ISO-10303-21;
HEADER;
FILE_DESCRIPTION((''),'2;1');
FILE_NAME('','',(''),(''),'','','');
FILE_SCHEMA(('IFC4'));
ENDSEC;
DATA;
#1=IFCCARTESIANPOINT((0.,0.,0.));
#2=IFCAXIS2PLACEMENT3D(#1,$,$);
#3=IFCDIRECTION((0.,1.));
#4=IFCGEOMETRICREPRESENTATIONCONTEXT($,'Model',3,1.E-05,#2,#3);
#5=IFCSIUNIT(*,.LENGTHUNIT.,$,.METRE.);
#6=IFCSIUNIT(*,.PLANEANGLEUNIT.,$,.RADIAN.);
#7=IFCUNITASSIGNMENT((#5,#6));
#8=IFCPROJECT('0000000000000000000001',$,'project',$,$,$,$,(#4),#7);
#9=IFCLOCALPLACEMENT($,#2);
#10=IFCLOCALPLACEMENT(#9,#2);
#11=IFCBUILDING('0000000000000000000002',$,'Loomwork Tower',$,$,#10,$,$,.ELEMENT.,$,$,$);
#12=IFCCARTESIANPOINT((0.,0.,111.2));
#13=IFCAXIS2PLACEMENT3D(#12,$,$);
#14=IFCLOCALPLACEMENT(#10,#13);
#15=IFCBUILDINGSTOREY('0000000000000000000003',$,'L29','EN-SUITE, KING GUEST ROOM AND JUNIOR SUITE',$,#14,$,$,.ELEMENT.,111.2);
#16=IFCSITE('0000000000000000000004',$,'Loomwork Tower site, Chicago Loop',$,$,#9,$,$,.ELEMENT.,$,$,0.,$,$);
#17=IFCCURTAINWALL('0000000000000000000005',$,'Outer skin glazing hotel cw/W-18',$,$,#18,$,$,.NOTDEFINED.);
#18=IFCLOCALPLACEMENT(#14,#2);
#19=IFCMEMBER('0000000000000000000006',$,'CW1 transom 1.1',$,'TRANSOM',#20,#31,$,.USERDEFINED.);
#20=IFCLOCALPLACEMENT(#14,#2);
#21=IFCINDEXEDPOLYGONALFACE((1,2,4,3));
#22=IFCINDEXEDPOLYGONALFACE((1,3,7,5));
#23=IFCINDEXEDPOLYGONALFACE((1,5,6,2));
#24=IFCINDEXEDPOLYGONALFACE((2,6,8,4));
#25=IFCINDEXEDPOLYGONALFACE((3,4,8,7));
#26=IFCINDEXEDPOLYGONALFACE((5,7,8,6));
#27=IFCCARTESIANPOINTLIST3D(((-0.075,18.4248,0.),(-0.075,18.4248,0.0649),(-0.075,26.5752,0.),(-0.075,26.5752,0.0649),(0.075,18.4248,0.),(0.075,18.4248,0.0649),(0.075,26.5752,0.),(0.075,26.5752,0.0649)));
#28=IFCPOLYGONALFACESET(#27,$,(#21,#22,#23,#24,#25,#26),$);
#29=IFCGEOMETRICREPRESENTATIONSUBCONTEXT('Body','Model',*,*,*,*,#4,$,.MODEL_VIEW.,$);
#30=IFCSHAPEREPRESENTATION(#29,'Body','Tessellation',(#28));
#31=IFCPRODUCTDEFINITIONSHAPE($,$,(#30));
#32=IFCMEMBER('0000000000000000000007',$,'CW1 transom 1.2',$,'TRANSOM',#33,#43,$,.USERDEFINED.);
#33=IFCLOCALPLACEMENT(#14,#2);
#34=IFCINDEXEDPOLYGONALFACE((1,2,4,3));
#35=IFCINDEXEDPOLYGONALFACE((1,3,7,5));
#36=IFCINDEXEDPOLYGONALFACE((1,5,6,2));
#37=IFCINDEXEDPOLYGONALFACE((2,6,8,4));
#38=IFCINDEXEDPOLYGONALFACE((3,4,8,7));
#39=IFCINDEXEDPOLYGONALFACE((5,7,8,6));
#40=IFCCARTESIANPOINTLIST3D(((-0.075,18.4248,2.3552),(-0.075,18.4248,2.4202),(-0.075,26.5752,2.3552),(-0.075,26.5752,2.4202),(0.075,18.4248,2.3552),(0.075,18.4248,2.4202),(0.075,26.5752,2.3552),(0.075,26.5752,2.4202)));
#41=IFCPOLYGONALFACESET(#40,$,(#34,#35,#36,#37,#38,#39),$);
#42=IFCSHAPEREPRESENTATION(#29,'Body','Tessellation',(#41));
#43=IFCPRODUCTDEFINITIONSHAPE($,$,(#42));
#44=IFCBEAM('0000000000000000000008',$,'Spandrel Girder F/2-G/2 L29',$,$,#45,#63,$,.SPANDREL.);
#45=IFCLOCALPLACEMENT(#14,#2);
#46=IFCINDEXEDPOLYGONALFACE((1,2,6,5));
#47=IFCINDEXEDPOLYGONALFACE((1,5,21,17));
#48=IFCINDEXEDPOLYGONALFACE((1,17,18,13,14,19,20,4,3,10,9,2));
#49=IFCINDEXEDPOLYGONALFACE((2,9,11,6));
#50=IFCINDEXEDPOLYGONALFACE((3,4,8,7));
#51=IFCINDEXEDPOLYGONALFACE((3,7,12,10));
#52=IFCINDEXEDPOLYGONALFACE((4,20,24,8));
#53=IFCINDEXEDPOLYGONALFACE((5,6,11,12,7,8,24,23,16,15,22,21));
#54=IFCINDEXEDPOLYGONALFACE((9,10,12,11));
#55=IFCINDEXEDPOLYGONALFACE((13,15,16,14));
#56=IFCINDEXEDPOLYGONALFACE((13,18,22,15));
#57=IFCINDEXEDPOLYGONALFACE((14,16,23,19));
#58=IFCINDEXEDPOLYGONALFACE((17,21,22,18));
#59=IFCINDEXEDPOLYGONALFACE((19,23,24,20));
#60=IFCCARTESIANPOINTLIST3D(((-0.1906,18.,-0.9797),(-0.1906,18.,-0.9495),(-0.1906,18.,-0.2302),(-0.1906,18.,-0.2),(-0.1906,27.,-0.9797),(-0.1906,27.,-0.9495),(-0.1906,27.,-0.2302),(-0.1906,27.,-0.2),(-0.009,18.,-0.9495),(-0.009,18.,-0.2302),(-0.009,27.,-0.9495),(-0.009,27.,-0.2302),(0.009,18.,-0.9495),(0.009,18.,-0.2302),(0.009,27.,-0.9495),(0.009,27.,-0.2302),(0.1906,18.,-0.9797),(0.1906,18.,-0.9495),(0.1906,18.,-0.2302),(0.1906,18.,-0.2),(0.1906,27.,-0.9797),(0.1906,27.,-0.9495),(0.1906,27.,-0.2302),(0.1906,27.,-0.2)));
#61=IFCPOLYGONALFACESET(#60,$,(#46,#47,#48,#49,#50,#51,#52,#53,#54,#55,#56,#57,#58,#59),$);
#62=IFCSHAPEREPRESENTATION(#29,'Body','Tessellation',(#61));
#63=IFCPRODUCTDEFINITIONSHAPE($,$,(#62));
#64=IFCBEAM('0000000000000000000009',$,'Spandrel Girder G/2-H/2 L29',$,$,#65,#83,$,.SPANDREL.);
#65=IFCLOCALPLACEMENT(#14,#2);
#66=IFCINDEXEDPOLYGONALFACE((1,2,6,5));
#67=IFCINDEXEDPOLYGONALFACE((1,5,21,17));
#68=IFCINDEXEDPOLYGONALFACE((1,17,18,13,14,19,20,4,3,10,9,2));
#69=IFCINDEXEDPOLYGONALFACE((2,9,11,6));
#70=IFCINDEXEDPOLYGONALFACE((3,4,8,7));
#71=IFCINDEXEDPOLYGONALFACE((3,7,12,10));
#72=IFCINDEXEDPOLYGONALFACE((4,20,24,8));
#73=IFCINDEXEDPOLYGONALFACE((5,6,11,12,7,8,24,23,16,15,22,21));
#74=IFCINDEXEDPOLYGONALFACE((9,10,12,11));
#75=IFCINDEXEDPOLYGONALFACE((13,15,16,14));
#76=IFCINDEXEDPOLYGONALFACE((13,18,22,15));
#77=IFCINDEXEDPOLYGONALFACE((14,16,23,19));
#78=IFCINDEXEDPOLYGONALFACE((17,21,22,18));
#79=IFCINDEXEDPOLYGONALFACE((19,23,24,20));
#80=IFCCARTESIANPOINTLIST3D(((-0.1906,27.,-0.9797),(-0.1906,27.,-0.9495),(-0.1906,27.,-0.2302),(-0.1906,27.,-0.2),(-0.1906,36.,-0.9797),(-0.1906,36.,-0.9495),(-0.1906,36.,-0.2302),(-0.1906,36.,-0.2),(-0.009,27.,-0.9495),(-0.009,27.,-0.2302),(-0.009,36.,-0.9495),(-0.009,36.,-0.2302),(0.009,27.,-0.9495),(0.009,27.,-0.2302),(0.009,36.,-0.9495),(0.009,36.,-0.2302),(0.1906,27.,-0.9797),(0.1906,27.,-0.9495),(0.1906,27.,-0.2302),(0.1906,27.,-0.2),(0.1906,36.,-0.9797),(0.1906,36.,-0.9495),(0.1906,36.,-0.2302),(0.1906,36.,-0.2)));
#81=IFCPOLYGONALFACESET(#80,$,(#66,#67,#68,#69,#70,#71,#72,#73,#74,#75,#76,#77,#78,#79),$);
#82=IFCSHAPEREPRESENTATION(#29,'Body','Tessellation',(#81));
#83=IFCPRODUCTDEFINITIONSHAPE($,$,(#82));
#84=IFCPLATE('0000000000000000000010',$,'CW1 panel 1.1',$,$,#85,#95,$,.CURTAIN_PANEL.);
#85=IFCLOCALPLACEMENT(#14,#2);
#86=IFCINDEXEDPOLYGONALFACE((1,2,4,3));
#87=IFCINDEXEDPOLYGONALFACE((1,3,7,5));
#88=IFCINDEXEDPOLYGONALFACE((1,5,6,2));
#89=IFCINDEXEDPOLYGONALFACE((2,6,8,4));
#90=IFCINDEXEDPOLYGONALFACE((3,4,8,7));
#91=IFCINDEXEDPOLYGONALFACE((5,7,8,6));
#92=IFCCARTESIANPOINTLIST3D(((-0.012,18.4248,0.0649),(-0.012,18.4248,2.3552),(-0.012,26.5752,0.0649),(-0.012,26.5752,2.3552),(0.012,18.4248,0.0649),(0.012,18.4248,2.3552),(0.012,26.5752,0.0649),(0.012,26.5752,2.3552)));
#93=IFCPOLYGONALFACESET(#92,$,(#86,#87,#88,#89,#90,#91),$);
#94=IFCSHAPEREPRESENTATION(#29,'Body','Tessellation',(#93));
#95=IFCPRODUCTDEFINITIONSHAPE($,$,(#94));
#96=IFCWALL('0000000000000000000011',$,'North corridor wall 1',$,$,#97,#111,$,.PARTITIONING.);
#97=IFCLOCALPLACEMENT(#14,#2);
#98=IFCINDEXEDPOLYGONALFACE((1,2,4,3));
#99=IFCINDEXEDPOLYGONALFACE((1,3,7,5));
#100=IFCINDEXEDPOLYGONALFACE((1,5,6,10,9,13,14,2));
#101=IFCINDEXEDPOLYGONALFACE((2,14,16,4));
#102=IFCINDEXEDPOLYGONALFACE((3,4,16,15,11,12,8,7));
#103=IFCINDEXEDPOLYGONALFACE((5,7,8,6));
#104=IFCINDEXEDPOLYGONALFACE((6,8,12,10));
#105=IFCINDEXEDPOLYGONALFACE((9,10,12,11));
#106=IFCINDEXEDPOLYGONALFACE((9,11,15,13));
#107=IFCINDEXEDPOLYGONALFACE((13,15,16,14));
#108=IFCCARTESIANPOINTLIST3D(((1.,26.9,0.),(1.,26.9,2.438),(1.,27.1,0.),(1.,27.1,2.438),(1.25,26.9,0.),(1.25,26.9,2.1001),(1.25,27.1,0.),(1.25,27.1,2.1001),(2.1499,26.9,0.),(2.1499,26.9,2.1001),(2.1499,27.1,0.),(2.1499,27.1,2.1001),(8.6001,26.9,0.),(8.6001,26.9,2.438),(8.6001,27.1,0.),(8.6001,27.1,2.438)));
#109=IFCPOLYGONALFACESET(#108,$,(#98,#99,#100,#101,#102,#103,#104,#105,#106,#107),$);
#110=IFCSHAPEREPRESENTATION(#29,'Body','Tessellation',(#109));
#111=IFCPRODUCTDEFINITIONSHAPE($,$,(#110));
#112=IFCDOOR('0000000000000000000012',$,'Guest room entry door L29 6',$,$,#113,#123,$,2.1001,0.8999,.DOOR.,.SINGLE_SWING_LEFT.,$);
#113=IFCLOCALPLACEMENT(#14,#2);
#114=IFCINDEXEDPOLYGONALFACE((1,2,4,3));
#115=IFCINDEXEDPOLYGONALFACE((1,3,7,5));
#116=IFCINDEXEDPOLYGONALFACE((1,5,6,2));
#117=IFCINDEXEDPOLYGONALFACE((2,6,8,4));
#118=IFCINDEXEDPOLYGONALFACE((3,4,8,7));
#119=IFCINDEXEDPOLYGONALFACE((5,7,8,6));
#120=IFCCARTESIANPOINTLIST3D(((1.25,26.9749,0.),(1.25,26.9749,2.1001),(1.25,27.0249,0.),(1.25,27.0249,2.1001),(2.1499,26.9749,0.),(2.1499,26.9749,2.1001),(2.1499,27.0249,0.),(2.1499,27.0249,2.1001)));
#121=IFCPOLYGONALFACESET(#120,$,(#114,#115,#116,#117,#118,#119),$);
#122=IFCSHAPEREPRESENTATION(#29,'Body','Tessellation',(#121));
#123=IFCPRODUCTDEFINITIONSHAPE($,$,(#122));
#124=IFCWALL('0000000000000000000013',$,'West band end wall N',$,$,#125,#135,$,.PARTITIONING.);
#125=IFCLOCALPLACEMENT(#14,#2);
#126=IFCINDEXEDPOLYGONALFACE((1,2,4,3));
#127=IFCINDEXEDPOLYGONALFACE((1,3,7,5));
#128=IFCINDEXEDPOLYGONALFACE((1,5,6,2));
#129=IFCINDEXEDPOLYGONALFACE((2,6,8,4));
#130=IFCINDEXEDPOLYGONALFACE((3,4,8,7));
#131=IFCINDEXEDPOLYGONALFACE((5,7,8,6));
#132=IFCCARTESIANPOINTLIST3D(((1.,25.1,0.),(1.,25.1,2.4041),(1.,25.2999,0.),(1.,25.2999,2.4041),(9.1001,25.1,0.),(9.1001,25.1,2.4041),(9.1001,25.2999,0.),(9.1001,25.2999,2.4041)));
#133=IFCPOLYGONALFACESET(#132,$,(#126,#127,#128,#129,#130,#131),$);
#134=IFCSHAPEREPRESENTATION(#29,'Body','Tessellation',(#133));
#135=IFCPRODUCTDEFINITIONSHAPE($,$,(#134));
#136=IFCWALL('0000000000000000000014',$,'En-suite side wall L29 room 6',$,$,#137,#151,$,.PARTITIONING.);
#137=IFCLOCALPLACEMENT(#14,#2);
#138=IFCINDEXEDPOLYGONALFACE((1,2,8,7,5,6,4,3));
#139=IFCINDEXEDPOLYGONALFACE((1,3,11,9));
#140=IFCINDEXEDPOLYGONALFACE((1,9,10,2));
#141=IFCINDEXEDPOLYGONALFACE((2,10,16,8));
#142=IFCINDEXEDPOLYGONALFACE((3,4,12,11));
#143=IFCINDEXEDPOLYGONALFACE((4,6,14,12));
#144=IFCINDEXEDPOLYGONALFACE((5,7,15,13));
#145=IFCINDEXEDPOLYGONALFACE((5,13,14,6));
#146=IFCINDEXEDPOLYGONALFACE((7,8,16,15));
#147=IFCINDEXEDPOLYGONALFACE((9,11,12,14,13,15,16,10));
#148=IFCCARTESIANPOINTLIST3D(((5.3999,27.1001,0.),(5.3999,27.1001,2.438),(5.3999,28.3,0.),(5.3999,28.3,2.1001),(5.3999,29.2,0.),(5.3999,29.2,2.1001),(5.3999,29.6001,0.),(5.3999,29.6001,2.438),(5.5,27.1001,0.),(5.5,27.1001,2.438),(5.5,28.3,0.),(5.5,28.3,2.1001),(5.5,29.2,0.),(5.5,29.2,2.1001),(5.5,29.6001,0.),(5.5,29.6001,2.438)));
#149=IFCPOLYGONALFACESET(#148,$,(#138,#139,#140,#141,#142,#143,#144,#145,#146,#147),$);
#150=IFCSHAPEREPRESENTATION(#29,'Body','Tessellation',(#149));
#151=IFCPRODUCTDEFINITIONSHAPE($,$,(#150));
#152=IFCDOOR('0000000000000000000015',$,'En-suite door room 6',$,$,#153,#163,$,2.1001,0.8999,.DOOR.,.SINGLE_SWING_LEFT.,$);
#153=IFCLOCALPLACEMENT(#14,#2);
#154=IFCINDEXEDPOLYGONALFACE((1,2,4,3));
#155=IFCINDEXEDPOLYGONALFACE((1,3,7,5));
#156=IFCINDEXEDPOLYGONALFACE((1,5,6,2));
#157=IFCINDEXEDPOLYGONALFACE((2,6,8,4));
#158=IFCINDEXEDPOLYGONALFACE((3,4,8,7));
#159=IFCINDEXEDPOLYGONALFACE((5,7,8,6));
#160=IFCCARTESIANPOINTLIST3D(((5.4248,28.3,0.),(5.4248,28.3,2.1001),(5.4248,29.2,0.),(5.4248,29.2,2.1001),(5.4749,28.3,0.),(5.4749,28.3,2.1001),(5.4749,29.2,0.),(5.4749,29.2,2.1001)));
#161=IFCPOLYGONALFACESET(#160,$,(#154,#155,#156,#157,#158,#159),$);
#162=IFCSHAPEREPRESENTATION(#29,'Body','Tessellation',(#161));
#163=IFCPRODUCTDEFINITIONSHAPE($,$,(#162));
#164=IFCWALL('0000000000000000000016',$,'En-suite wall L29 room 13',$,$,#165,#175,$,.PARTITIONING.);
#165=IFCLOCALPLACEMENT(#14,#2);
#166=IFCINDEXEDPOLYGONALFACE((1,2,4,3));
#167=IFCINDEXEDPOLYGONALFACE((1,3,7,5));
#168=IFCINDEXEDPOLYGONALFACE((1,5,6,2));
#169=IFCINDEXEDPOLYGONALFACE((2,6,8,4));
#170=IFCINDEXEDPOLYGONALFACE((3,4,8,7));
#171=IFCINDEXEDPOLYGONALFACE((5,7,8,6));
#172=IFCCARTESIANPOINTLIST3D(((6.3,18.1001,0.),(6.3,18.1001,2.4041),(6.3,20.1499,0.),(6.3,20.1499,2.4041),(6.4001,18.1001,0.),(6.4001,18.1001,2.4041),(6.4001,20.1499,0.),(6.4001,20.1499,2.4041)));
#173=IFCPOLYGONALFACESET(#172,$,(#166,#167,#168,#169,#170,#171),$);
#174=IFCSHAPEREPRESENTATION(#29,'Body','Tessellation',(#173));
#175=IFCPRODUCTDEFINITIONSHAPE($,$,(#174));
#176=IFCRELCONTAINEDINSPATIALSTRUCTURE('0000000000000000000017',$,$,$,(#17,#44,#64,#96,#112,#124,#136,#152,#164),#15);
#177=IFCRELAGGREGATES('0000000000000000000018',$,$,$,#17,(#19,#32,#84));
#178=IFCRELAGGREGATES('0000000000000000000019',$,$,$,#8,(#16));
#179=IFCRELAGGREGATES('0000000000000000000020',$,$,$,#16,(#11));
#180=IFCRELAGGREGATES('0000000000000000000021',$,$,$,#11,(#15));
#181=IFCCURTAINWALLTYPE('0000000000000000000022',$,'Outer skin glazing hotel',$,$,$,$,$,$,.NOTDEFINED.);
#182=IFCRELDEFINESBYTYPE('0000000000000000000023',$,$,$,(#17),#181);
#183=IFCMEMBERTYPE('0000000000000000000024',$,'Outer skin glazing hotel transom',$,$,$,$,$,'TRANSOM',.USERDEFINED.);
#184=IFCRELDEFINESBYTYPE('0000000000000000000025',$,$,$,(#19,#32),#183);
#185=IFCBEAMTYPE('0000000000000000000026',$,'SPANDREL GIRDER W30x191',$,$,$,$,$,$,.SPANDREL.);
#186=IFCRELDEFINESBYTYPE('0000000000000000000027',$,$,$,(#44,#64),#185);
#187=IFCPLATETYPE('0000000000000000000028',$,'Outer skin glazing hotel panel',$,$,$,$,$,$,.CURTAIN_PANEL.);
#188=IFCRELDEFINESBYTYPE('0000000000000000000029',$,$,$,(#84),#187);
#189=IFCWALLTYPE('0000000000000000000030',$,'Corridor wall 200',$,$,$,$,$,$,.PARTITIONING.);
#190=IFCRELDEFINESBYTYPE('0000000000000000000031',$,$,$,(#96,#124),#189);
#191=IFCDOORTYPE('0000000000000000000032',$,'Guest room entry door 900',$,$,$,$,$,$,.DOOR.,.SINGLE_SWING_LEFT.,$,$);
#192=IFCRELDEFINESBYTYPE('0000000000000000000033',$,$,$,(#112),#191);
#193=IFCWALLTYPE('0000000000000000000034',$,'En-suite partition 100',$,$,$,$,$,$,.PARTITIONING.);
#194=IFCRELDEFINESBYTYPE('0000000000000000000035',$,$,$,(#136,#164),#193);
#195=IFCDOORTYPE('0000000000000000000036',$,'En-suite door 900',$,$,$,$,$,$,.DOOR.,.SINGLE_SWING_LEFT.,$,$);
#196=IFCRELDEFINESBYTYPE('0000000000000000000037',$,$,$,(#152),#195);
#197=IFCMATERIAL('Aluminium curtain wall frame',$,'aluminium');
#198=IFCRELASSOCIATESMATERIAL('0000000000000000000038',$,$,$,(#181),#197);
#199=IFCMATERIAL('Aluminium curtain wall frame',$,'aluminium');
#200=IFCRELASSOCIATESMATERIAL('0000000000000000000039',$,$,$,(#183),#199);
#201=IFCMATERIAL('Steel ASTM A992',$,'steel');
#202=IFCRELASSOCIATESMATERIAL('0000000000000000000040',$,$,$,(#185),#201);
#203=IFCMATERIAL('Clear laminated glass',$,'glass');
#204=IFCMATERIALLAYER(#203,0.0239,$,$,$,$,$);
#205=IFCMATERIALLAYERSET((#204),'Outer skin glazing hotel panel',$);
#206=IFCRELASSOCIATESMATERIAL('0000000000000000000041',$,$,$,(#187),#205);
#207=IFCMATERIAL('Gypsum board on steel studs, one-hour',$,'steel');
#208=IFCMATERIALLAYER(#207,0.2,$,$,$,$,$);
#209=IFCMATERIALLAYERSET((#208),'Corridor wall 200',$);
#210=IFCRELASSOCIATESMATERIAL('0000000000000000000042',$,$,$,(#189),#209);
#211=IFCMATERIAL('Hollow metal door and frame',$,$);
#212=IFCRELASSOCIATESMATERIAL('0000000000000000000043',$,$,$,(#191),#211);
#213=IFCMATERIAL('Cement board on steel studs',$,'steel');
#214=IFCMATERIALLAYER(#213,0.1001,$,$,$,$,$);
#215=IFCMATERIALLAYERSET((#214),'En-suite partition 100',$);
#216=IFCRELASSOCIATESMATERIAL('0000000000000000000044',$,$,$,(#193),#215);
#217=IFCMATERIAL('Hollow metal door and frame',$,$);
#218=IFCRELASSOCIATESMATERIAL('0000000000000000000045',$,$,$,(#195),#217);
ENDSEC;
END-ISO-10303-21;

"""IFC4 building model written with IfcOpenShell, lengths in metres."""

from ifc_helpers import new_model, si_unit, direction, frame, frame_2d, origin, origin_2d, place, context, subcontext, project, spatial, rectangle, i_section, extrude, material, layer, layer_set, material_profile, profile_set, type_object, element, fill, aggregate, save


model = new_model("IFC4")

# Units and contexts
model_context = context("Model", 3, precision=1e-05, world=origin(), true_north=direction((0.0, 1.0)))
body_context = subcontext(model_context, "Body", "Model", "MODEL_VIEW")
ifc_project = project(units=[si_unit("LENGTHUNIT", "METRE"), si_unit("PLANEANGLEUNIT", "RADIAN")], contexts=[model_context])

# Site, building, storey
site_placement = place(None, origin())
site = spatial("IfcSite", under=ifc_project, at=site_placement, Name="Loomwork Tower site, Chicago Loop", CompositionType="ELEMENT", RefElevation=0.0)
building_placement = place(site_placement, origin())
building = spatial("IfcBuilding", under=site, at=building_placement, Name="Loomwork Tower", CompositionType="ELEMENT")
storey_placement = place(building_placement, frame((0.0, 0.0, 111.2)))
storey = spatial("IfcBuildingStorey", under=building, at=storey_placement, Name="L29", Description="EN-SUITE, KING GUEST ROOM AND JUNIOR SUITE", CompositionType="ELEMENT", Elevation=111.2)

# Shared definitions
ifc_material_1 = material(Name="Aluminium curtain wall frame", Category="aluminium")
curtain_wall_type = type_object("IfcCurtainWallType", Name="Outer skin glazing hotel", PredefinedType="NOTDEFINED", material=ifc_material_1)

# Curtain wall
curtain_wall_1_placement = place(storey_placement, origin())
curtain_wall_1 = element("IfcCurtainWall", 1, at=curtain_wall_1_placement, inside=storey, type_object=curtain_wall_type, Name="Outer skin glazing hotel cw/W-18", PredefinedType="NOTDEFINED")

# Members
ifc_material_2 = material(Name="Aluminium curtain wall frame", Category="aluminium")
ifc_material_profile_1 = material_profile(ifc_material_2, rectangle(XDim=0.1499, YDim=0.0649, at=origin_2d()), Name="AL 65x150")
ifc_profile_set_1 = profile_set([ifc_material_profile_1], Name="Aluminium curtain wall frame")
member_type_1 = type_object("IfcMemberType", Name="Outer skin glazing hotel transom", ElementType="TRANSOM", PredefinedType="USERDEFINED", material=ifc_profile_set_1)
member_1_placement = place(storey_placement, frame((0.0, 26.5752, 0.0325), z_axis=(0.0, -1.0, 0.0), x_axis=(1.0, 0.0, 0.0)))
member_1 = element("IfcMember", 2, at=member_1_placement, type_object=member_type_1, Name="CW1 transom 1.1", ObjectType="TRANSOM", PredefinedType="USERDEFINED", context=body_context, shape_type="SweptSolid", body=[
    extrude(rectangle(XDim=0.1499, YDim=0.0649, at=origin_2d()), origin(), (0.0, 0.0, 1.0), 8.1504),
])
member_2_placement = place(storey_placement, frame((0.0, 26.5752, 2.3877), z_axis=(0.0, -1.0, 0.0), x_axis=(1.0, 0.0, 0.0)))
member_2 = element("IfcMember", 3, at=member_2_placement, type_object=member_type_1, Name="CW1 transom 1.2", ObjectType="TRANSOM", PredefinedType="USERDEFINED", context=body_context, shape_type="SweptSolid", body=[
    extrude(rectangle(XDim=0.1499, YDim=0.0649, at=origin_2d()), origin(), (0.0, 0.0, 1.0), 8.1504),
])

# Beams
ifc_material_3 = material(Name="Steel ASTM A992", Category="steel")
ifc_material_profile_2 = material_profile(ifc_material_3, i_section(OverallWidth=0.3811, OverallDepth=0.7798, WebThickness=0.0181, FlangeThickness=0.0303, at=origin_2d()), Name="W30x191")
ifc_profile_set_2 = profile_set([ifc_material_profile_2], Name="Steel ASTM A992")
beam_type_1 = type_object("IfcBeamType", Name="SPANDREL GIRDER W30x191", PredefinedType="SPANDREL", material=ifc_profile_set_2)
for number, where, z_axis, x_axis, name in (
    (4, (0.0, 18.0, -0.5898), (0.0, 1.0, 0.0), (-1.0, 0.0, 0.0), "Spandrel Girder F/2-G/2 L29"),
    (5, (0.0, 27.0, -0.5898), (0.0, 1.0, 0.0), (-1.0, 0.0, 0.0), "Spandrel Girder G/2-H/2 L29"),
):
    element("IfcBeam", number, at=place(storey_placement, frame(where, z_axis=z_axis, x_axis=x_axis)), inside=storey, type_object=beam_type_1, Name=name, PredefinedType="SPANDREL", context=body_context, shape_type="SweptSolid", body=[
        extrude(i_section(OverallWidth=0.3811, OverallDepth=0.7798, WebThickness=0.0181, FlangeThickness=0.0303, at=origin_2d()), origin(), (0.0, 0.0, 1.0), 9.0),
    ])

# Plate
ifc_material_4 = material(Name="Clear laminated glass", Category="glass")
ifc_layer_1 = layer(ifc_material_4, 0.0239)
ifc_layer_set_1 = layer_set([ifc_layer_1], Name="Outer skin glazing hotel panel")
plate_type = type_object("IfcPlateType", Name="Outer skin glazing hotel panel", PredefinedType="CURTAIN_PANEL", material=ifc_layer_set_1)
plate_placement = place(storey_placement, frame((0.0, 22.5, 0.0649), z_axis=(0.0, 0.0, 1.0), x_axis=(0.0, -1.0, 0.0)))
plate = element("IfcPlate", 6, at=plate_placement, type_object=plate_type, Name="CW1 panel 1.1", PredefinedType="CURTAIN_PANEL", context=body_context, shape_type="SweptSolid", body=[
    extrude(rectangle(XDim=8.1504, YDim=0.0239, at=origin_2d()), origin(), (0.0, 0.0, 1.0), 2.2903),
])
aggregate(curtain_wall_1, [member_1, member_2, plate])

# Wall, opening, door
ifc_material_5 = material(Name="Gypsum board on steel studs, one-hour", Category="steel")
ifc_layer_2 = layer(ifc_material_5, 0.2)
ifc_layer_set_2 = layer_set([ifc_layer_2], Name="Corridor wall 200")
wall_type_1 = type_object("IfcWallType", Name="Corridor wall 200", PredefinedType="PARTITIONING", material=ifc_layer_set_2)
wall_1_placement = place(storey_placement, frame((1.0, 27.0, 0.0), z_axis=(0.0, 0.0, 1.0), x_axis=(1.0, 0.0, 0.0)))
wall_1 = element("IfcWall", 7, at=wall_1_placement, inside=storey, type_object=wall_type_1, Name="North corridor wall 1", PredefinedType="PARTITIONING", context=body_context, shape_type="SweptSolid", body=[
    extrude(rectangle(XDim=7.6001, YDim=0.2, at=frame_2d((3.8, 0.0))), origin(), (0.0, 0.0, 1.0), 2.438),
])
opening_1_placement = place(wall_1_placement, frame((0.25, 0.0, 0.0)))
opening_1 = element("IfcOpeningElement", 8, at=opening_1_placement, cuts=wall_1, PredefinedType="OPENING", context=body_context, shape_type="SweptSolid", body=[
    extrude(rectangle(XDim=0.8999, YDim=2.1001, at=frame_2d((0.45, 1.05))), frame((0.0, 0.1099, 0.0), z_axis=(0.0, -1.0, 0.0), x_axis=(1.0, 0.0, 0.0)), (0.0, 0.0, 1.0), 0.22),
])
ifc_material_6 = material(Name="Hollow metal door and frame")
door_type_1 = type_object("IfcDoorType", Name="Guest room entry door 900", OperationType="SINGLE_SWING_LEFT", PredefinedType="DOOR", material=ifc_material_6)
door_1_placement = place(opening_1_placement, origin())
door_1 = element("IfcDoor", 9, at=door_1_placement, inside=storey, type_object=door_type_1, Name="Guest room entry door L29 6", OperationType="SINGLE_SWING_LEFT", OverallHeight=2.1001, OverallWidth=0.8999, PredefinedType="DOOR", context=body_context, shape_type="SweptSolid", body=[
    extrude(rectangle(XDim=0.8999, YDim=2.1001, at=frame_2d((0.45, 1.05))), frame((0.0, 0.0249, 0.0), z_axis=(0.0, -1.0, 0.0), x_axis=(1.0, 0.0, 0.0)), (0.0, 0.0, 1.0), 0.05),
])
fill(opening_1, door_1)

# Wall
wall_2_placement = place(storey_placement, frame((1.0, 25.2, 0.0), z_axis=(0.0, 0.0, 1.0), x_axis=(1.0, 0.0, 0.0)))
element("IfcWall", 10, at=wall_2_placement, inside=storey, type_object=wall_type_1, Name="West band end wall N", PredefinedType="PARTITIONING", context=body_context, shape_type="SweptSolid", body=[
    extrude(rectangle(XDim=8.1001, YDim=0.2, at=frame_2d((4.05, 0.0))), origin(), (0.0, 0.0, 1.0), 2.4041),
])

# Wall, opening, door
ifc_material_7 = material(Name="Cement board on steel studs", Category="steel")
ifc_layer_3 = layer(ifc_material_7, 0.1001)
ifc_layer_set_3 = layer_set([ifc_layer_3], Name="En-suite partition 100")
wall_type_2 = type_object("IfcWallType", Name="En-suite partition 100", PredefinedType="PARTITIONING", material=ifc_layer_set_3)
wall_3_placement = place(storey_placement, frame((5.45, 27.1001, 0.0), z_axis=(0.0, 0.0, 1.0), x_axis=(0.0, 1.0, 0.0)))
wall_3 = element("IfcWall", 11, at=wall_3_placement, inside=storey, type_object=wall_type_2, Name="En-suite side wall L29 room 6", PredefinedType="PARTITIONING", context=body_context, shape_type="SweptSolid", body=[
    extrude(rectangle(XDim=2.5, YDim=0.1001, at=frame_2d((1.25, 0.0))), origin(), (0.0, 0.0, 1.0), 2.438),
])
opening_2_placement = place(wall_3_placement, frame((1.2, 0.0, 0.0)))
opening_2 = element("IfcOpeningElement", 12, at=opening_2_placement, cuts=wall_3, PredefinedType="OPENING", context=body_context, shape_type="SweptSolid", body=[
    extrude(rectangle(XDim=0.8999, YDim=2.1001, at=frame_2d((0.45, 1.05))), frame((0.0, 0.0601, 0.0), z_axis=(0.0, -1.0, 0.0), x_axis=(1.0, 0.0, 0.0)), (0.0, 0.0, 1.0), 0.1201),
])
ifc_material_8 = material(Name="Hollow metal door and frame")
door_type_2 = type_object("IfcDoorType", Name="En-suite door 900", OperationType="SINGLE_SWING_LEFT", PredefinedType="DOOR", material=ifc_material_8)
door_2_placement = place(opening_2_placement, frame((0.8999, 0.0, 0.0), z_axis=(0.0, 0.0, 1.0), x_axis=(-1.0, 0.0, 0.0)))
door_2 = element("IfcDoor", 13, at=door_2_placement, inside=storey, type_object=door_type_2, Name="En-suite door room 6", OperationType="SINGLE_SWING_LEFT", OverallHeight=2.1001, OverallWidth=0.8999, PredefinedType="DOOR", context=body_context, shape_type="SweptSolid", body=[
    extrude(rectangle(XDim=0.8999, YDim=2.1001, at=frame_2d((0.45, 1.05))), frame((0.0, 0.0249, 0.0), z_axis=(0.0, -1.0, 0.0), x_axis=(1.0, 0.0, 0.0)), (0.0, 0.0, 1.0), 0.05),
])
fill(opening_2, door_2)

# Wall
wall_4_placement = place(storey_placement, frame((6.3501, 18.1001, 0.0), z_axis=(0.0, 0.0, 1.0), x_axis=(0.0, 1.0, 0.0)))
element("IfcWall", 14, at=wall_4_placement, inside=storey, type_object=wall_type_2, Name="En-suite wall L29 room 13", PredefinedType="PARTITIONING", context=body_context, shape_type="SweptSolid", body=[
    extrude(rectangle(XDim=2.0498, YDim=0.1001, at=frame_2d((1.0249, 0.0))), origin(), (0.0, 0.0, 1.0), 2.4041),
])

save(model, "model.ifc")
